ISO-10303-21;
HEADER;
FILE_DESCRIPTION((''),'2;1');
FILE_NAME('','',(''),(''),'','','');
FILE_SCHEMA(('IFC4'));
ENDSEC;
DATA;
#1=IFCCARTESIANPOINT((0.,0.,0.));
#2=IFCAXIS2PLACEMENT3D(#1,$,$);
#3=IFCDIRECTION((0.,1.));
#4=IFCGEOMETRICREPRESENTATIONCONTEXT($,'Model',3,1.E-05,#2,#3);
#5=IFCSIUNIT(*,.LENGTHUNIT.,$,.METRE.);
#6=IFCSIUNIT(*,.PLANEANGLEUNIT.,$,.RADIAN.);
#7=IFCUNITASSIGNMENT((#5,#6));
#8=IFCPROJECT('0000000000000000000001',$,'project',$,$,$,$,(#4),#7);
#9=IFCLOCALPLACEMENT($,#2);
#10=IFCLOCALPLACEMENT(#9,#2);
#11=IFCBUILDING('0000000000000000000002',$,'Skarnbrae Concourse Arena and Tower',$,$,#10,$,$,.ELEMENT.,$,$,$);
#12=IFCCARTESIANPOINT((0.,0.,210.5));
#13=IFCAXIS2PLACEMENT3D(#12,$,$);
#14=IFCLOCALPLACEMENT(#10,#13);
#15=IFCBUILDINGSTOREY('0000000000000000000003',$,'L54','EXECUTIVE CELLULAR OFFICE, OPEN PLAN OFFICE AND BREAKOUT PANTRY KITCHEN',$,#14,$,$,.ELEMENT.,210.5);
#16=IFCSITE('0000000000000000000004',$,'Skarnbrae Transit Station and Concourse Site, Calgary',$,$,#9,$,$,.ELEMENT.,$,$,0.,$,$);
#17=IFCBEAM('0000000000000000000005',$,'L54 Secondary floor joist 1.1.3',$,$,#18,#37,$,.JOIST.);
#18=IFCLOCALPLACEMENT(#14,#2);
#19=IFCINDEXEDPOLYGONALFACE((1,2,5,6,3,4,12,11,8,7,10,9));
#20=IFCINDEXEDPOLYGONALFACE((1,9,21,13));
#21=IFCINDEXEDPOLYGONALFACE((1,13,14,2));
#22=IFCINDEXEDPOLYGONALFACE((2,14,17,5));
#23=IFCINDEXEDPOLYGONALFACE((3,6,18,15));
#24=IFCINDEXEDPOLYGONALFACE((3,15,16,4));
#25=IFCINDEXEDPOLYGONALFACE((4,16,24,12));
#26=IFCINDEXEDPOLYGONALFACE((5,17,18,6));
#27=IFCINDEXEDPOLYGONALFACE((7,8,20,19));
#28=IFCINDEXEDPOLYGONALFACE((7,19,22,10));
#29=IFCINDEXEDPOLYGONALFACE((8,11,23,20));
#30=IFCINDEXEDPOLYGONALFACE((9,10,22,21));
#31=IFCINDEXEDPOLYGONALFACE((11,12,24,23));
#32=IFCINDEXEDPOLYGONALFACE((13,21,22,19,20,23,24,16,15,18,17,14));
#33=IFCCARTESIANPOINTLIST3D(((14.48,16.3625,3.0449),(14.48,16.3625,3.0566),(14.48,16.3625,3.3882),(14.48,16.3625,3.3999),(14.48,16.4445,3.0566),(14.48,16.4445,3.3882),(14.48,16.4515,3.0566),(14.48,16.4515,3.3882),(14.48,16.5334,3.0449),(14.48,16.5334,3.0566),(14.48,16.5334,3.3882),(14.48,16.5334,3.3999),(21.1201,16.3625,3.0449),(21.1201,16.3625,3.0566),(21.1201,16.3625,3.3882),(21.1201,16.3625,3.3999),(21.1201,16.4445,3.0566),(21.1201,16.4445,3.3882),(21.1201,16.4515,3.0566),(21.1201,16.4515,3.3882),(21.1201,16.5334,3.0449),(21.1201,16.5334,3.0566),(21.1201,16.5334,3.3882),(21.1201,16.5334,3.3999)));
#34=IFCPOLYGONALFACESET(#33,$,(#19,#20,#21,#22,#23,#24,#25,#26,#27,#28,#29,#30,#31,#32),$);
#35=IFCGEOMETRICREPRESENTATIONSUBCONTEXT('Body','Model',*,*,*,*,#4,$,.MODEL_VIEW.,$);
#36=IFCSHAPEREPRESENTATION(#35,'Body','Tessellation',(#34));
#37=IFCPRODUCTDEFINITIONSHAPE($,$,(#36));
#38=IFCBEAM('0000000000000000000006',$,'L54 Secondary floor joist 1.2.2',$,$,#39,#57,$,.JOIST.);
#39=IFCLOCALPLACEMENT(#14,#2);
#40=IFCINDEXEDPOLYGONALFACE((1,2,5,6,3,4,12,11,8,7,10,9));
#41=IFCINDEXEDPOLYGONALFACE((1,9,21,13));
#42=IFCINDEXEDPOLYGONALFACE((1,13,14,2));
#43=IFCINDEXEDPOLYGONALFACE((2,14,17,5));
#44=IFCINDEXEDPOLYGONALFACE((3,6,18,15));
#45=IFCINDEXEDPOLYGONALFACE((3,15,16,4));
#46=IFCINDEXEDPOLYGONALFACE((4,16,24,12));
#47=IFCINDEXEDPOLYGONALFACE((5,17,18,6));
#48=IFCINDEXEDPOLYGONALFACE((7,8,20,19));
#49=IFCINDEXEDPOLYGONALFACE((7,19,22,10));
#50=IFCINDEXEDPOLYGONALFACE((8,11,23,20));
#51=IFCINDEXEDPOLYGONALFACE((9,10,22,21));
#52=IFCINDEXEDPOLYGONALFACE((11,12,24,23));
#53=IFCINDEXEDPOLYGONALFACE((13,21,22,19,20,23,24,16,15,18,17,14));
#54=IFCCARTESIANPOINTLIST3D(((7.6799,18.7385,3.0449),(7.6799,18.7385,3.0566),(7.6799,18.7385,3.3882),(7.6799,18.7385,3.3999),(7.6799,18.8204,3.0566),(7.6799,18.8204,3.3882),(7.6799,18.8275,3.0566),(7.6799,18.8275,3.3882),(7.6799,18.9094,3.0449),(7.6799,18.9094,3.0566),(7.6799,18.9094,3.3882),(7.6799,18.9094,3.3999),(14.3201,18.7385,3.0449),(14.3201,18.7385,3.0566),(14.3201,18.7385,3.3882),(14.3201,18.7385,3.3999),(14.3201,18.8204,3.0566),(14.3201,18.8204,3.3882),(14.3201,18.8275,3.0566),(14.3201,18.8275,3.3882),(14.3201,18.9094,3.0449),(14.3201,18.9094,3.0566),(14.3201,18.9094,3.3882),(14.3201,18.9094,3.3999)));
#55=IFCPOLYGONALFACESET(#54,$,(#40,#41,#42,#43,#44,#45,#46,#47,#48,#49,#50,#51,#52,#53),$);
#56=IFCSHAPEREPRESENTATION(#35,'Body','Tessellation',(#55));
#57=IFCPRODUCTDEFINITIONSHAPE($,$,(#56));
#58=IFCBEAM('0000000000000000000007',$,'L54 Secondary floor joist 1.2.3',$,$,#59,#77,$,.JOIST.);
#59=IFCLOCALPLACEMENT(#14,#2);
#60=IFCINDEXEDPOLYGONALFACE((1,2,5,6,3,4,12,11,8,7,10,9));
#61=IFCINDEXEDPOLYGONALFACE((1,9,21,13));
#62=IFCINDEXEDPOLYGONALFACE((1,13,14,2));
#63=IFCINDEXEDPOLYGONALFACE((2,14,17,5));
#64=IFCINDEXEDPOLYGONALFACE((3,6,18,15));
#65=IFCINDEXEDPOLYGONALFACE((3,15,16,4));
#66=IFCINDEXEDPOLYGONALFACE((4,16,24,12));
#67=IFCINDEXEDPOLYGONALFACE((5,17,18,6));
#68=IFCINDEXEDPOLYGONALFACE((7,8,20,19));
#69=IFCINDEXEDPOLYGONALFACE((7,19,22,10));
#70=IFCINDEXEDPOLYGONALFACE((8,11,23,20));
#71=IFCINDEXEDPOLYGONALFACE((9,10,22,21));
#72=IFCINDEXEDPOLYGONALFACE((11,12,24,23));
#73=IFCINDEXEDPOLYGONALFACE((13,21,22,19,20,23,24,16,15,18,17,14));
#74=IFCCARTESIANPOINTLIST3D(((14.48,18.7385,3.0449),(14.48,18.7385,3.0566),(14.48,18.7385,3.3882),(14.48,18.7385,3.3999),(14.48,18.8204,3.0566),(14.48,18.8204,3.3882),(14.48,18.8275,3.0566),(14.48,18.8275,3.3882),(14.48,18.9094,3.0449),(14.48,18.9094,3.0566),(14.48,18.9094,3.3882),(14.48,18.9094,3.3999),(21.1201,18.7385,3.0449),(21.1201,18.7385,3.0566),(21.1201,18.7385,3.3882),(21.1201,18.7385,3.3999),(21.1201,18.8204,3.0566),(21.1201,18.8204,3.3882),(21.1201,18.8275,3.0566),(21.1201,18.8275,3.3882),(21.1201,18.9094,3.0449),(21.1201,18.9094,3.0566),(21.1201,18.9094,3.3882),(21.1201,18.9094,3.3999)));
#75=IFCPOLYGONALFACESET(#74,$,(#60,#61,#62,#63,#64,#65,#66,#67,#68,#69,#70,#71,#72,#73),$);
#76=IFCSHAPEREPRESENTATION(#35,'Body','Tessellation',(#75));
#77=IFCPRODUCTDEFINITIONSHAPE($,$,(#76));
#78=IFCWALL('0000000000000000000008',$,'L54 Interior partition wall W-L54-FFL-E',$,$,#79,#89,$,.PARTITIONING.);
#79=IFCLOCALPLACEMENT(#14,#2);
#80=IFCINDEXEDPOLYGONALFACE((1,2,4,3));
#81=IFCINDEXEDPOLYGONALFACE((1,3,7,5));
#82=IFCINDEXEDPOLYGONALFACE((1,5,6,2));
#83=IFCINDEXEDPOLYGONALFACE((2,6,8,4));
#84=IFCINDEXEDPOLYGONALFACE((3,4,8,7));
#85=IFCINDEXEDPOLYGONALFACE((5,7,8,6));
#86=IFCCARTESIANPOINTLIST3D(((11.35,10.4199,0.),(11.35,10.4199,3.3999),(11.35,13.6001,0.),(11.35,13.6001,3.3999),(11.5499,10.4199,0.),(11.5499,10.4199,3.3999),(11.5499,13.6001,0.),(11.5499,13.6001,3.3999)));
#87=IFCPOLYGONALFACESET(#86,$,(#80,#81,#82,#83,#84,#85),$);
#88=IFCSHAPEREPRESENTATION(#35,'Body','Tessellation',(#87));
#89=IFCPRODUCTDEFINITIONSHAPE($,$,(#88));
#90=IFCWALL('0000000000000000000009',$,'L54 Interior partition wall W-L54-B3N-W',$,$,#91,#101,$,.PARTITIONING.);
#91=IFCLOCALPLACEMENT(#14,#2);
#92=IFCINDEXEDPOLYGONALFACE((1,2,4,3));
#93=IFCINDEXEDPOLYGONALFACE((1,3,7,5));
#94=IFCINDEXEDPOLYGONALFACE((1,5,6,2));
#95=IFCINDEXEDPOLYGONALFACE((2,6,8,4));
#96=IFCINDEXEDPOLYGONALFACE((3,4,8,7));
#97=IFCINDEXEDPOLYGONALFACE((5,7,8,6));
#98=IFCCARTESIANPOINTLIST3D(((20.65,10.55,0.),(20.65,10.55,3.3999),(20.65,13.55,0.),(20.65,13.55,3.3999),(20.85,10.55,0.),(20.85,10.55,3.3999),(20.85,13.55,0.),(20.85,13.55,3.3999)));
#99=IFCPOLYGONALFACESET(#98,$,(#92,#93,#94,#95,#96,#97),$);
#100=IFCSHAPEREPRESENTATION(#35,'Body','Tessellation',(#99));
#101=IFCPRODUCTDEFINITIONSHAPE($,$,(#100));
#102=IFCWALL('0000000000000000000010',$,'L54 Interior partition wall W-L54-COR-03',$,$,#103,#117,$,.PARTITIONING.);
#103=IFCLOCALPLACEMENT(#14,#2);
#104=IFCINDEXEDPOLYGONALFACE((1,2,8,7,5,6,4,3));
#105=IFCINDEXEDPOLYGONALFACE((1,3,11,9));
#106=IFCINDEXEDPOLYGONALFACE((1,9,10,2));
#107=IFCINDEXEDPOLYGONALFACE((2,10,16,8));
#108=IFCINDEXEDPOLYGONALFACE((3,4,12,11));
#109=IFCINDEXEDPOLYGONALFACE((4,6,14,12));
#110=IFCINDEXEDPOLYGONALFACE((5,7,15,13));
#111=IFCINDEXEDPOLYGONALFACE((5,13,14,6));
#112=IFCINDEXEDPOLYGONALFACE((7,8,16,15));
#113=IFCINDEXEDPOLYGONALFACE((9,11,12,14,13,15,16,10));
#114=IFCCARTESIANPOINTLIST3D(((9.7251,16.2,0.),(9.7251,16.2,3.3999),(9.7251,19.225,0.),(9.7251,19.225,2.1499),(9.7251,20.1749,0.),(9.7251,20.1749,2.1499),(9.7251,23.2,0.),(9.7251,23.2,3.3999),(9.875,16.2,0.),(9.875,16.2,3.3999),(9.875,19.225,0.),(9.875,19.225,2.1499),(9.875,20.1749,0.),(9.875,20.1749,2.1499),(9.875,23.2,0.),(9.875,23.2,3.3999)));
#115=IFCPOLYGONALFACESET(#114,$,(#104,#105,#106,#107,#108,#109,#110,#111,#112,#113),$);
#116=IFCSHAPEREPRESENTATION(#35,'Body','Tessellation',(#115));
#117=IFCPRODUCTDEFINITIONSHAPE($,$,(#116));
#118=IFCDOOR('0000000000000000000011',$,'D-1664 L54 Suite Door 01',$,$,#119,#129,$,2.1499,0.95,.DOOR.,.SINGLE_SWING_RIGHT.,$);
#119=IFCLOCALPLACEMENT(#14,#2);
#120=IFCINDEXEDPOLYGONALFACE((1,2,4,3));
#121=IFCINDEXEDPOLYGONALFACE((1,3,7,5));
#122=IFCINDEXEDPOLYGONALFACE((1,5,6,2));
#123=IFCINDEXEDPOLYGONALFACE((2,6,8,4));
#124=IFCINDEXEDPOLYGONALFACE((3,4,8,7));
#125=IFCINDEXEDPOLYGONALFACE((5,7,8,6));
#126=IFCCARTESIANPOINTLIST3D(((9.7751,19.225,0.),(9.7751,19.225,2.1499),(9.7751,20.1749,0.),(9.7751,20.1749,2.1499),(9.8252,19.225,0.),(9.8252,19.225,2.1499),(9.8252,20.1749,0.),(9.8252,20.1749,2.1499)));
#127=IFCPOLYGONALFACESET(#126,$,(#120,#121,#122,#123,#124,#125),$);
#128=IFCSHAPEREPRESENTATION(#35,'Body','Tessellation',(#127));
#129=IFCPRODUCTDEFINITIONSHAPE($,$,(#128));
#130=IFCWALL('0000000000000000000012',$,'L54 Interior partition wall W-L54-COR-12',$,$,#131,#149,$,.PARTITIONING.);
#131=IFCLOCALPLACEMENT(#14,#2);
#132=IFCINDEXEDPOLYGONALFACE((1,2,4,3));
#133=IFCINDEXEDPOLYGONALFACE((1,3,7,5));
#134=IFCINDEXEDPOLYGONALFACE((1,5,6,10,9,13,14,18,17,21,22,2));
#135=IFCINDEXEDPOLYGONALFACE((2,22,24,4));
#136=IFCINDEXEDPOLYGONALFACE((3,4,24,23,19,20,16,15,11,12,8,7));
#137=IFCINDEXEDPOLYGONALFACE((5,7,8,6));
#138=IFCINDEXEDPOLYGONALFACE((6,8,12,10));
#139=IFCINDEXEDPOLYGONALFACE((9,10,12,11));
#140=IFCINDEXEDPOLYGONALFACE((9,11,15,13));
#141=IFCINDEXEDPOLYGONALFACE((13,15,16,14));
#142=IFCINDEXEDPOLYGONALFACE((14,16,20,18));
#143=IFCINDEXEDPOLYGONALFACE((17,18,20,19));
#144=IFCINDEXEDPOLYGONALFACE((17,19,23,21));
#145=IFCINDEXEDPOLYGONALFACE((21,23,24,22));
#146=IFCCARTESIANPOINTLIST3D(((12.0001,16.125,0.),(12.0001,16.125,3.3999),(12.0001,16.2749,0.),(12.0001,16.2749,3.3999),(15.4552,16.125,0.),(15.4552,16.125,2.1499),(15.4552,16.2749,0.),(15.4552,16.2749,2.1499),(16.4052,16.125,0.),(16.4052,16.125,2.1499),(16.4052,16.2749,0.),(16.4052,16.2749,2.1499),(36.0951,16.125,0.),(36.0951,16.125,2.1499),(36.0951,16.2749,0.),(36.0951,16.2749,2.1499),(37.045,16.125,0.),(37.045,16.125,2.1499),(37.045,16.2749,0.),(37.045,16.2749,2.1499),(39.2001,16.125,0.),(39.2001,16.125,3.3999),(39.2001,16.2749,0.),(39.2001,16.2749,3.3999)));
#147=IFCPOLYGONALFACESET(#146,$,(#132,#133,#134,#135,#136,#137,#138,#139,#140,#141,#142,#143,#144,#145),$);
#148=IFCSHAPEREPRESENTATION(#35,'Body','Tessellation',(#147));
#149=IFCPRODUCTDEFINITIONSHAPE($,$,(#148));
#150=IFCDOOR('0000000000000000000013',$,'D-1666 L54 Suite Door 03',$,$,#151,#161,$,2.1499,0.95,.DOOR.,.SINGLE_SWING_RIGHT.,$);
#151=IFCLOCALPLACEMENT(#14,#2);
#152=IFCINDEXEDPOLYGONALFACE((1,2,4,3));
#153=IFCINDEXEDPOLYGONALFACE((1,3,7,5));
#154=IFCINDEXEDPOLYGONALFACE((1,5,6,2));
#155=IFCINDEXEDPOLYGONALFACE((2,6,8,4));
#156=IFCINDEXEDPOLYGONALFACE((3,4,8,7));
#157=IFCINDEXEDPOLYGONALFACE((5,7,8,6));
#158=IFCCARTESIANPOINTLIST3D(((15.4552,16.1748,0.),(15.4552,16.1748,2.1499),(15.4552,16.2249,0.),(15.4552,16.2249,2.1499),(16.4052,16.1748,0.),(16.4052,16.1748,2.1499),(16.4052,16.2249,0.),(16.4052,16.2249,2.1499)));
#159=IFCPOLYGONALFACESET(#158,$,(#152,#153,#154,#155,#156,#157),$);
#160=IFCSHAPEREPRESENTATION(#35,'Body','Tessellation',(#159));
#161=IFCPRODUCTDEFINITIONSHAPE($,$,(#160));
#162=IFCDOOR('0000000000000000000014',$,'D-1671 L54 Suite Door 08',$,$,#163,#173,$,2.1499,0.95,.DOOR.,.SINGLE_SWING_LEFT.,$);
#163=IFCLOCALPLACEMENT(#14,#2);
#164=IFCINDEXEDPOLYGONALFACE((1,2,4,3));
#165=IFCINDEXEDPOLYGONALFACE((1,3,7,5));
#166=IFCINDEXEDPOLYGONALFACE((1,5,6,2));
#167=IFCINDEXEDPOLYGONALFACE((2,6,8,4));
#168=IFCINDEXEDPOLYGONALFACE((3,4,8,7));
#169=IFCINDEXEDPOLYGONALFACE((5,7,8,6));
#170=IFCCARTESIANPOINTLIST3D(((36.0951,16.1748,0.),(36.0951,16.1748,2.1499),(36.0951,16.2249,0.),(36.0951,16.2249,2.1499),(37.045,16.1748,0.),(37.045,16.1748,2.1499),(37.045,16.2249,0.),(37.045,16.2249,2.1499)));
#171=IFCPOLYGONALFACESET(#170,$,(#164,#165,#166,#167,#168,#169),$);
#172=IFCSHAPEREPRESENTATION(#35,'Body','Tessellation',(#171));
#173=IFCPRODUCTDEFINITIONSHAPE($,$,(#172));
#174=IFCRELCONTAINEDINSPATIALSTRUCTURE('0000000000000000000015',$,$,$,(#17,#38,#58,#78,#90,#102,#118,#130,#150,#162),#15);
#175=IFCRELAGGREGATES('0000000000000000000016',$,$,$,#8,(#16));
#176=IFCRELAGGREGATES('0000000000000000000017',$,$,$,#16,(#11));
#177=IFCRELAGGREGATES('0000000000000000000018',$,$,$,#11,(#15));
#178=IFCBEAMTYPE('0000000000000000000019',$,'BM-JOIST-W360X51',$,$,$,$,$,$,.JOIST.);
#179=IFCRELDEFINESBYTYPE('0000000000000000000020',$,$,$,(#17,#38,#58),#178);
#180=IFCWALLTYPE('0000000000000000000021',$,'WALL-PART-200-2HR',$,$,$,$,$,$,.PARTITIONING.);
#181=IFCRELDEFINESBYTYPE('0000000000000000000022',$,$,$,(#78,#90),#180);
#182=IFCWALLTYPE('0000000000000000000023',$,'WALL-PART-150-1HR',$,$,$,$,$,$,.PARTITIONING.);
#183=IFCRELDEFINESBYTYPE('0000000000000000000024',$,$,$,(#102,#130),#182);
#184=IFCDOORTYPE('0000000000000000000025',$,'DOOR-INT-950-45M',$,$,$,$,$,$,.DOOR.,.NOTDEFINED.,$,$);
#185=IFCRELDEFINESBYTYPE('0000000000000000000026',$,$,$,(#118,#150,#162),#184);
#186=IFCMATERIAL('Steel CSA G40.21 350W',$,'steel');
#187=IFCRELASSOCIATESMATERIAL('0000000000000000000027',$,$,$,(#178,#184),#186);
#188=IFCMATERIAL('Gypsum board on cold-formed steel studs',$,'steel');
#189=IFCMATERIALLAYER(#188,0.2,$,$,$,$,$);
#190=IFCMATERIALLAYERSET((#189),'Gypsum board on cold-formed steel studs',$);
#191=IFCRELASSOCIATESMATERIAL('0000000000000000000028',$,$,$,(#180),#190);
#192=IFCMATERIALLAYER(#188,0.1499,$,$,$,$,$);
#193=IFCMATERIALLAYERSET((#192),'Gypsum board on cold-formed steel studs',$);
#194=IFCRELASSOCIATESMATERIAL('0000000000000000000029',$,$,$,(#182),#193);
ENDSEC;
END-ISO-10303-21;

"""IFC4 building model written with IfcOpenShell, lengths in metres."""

from ifc_helpers import new_model, si_unit, direction, frame, frame_2d, origin, origin_2d, place, context, subcontext, project, spatial, rectangle, i_section, extrude, source, transform, mapped, material, layer, layer_set, material_profile, profile_set, type_object, element, fill, save


model = new_model("IFC4")

# Units and contexts
model_context = context("Model", 3, precision=1e-05, world=origin(), true_north=direction((0.0, 1.0)))
body_context = subcontext(model_context, "Body", "Model", "MODEL_VIEW")
ifc_project = project(units=[si_unit("LENGTHUNIT", "METRE"), si_unit("PLANEANGLEUNIT", "RADIAN")], contexts=[model_context])

# Site, building, storey
site_placement = place(None, origin())
site = spatial("IfcSite", under=ifc_project, at=site_placement, Name="Skarnbrae Transit Station and Concourse Site, Calgary", CompositionType="ELEMENT", RefElevation=0.0)
building_placement = place(site_placement, origin())
building = spatial("IfcBuilding", under=site, at=building_placement, Name="Skarnbrae Concourse Arena and Tower", CompositionType="ELEMENT")
storey_placement = place(building_placement, frame((0.0, 0.0, 210.5)))
storey = spatial("IfcBuildingStorey", under=building, at=storey_placement, Name="L54", Description="EXECUTIVE CELLULAR OFFICE, OPEN PLAN OFFICE AND BREAKOUT PANTRY KITCHEN", CompositionType="ELEMENT", Elevation=210.5)

# Shared definitions
ifc_material_1 = material(Name="Steel CSA G40.21 350W", Category="steel")

# Beams
ifc_material_profile_1 = material_profile(ifc_material_1, i_section(OverallWidth=0.1709, OverallDepth=0.355, WebThickness=0.0071, FlangeThickness=0.0117, at=origin_2d()), Name="W360X51")
ifc_profile_set_1 = profile_set([ifc_material_profile_1], Name="Steel CSA G40.21 350W")
beam_type_1 = type_object("IfcBeamType", Name="BM-JOIST-W360X51", PredefinedType="JOIST", material=ifc_profile_set_1)
shared_shape_1 = source(origin(), body_context, "Body", "SweptSolid", [
    extrude(i_section(OverallWidth=0.1709, OverallDepth=0.355, WebThickness=0.0071, FlangeThickness=0.0117, at=origin_2d()), origin(), (0.0, 0.0, 1.0), 6.6401),
])
for number, where, z_axis, x_axis, name in (
    (1, (14.48, 16.448, 3.2224), (1.0, 0.0, 0.0), (0.0, 1.0, 0.0), "L54 Secondary floor joist 1.1.3"),
    (2, (7.6799, 18.824, 3.2224), (1.0, 0.0, 0.0), (0.0, 1.0, 0.0), "L54 Secondary floor joist 1.2.2"),
    (3, (14.48, 18.824, 3.2224), (1.0, 0.0, 0.0), (0.0, 1.0, 0.0), "L54 Secondary floor joist 1.2.3"),
):
    element("IfcBeam", number, at=place(storey_placement, frame(where, z_axis=z_axis, x_axis=x_axis)), inside=storey, type_object=beam_type_1, Name=name, PredefinedType="JOIST", context=body_context, shape_type="MappedRepresentation", body=[
        mapped(shared_shape_1, transform((0.0, 0.0, 0.0))),
    ])

# Wall
ifc_material_2 = material(Name="Gypsum board on cold-formed steel studs", Category="steel")
ifc_layer_1 = layer(ifc_material_2, 0.2)
ifc_layer_set_1 = layer_set([ifc_layer_1], Name="Gypsum board on cold-formed steel studs")
wall_type_1 = type_object("IfcWallType", Name="WALL-PART-200-2HR", PredefinedType="PARTITIONING", material=ifc_layer_set_1)
shared_shape_2 = source(origin(), body_context, "Body", "SweptSolid", [
    extrude(rectangle(XDim=3.1802, YDim=0.2, at=frame_2d((1.5901, 0.0))), origin(), (0.0, 0.0, 1.0), 3.3999),
])
wall_1_placement = place(storey_placement, frame((11.45, 10.4199, 0.0), z_axis=(0.0, 0.0, 1.0), x_axis=(0.0, 1.0, 0.0)))
element("IfcWall", 4, at=wall_1_placement, inside=storey, type_object=wall_type_1, Name="L54 Interior partition wall W-L54-FFL-E", PredefinedType="PARTITIONING", context=body_context, shape_type="MappedRepresentation", body=[
    mapped(shared_shape_2, transform((0.0, 0.0, 0.0))),
])

# Wall
shared_shape_3 = source(origin(), body_context, "Body", "SweptSolid", [
    extrude(rectangle(XDim=3.0, YDim=0.2, at=frame_2d((1.5, 0.0))), origin(), (0.0, 0.0, 1.0), 3.3999),
])
wall_2_placement = place(storey_placement, frame((20.75, 10.55, 0.0), z_axis=(0.0, 0.0, 1.0), x_axis=(0.0, 1.0, 0.0)))
element("IfcWall", 5, at=wall_2_placement, inside=storey, type_object=wall_type_1, Name="L54 Interior partition wall W-L54-B3N-W", PredefinedType="PARTITIONING", context=body_context, shape_type="MappedRepresentation", body=[
    mapped(shared_shape_3, transform((0.0, 0.0, 0.0))),
])

# Wall, opening, door
ifc_layer_2 = layer(ifc_material_2, 0.1499)
ifc_layer_set_2 = layer_set([ifc_layer_2], Name="Gypsum board on cold-formed steel studs")
wall_type_2 = type_object("IfcWallType", Name="WALL-PART-150-1HR", PredefinedType="PARTITIONING", material=ifc_layer_set_2)
shared_shape_4 = source(origin(), body_context, "Body", "SweptSolid", [
    extrude(rectangle(XDim=7.0, YDim=0.1499, at=frame_2d((3.5, 0.0))), origin(), (0.0, 0.0, 1.0), 3.3999),
])
wall_3_placement = place(storey_placement, frame((9.8, 16.2, 0.0), z_axis=(0.0, 0.0, 1.0), x_axis=(0.0, 1.0, 0.0)))
wall_3 = element("IfcWall", 6, at=wall_3_placement, inside=storey, type_object=wall_type_2, Name="L54 Interior partition wall W-L54-COR-03", PredefinedType="PARTITIONING", context=body_context, shape_type="MappedRepresentation", body=[
    mapped(shared_shape_4, transform((0.0, 0.0, 0.0))),
])
opening_1_placement = place(wall_3_placement, frame((3.0249, 0.0, 0.0)))
opening_1 = element("IfcOpeningElement", 7, at=opening_1_placement, cuts=wall_3, PredefinedType="OPENING", context=body_context, shape_type="SweptSolid", body=[
    extrude(rectangle(XDim=0.95, YDim=2.1499, at=frame_2d((0.4751, 1.075))), frame((0.0, 0.085, 0.0), z_axis=(0.0, -1.0, 0.0), x_axis=(1.0, 0.0, 0.0)), (0.0, 0.0, 1.0), 0.1699),
])
door_type_1 = type_object("IfcDoorType", Name="DOOR-INT-950-45M", OperationType="NOTDEFINED", PredefinedType="DOOR", material=ifc_material_1)
shared_shape_5 = source(origin(), body_context, "Body", "SweptSolid", [
    extrude(rectangle(XDim=0.95, YDim=2.1499, at=frame_2d((0.4751, 1.075))), frame((0.0, 0.0249, 0.0), z_axis=(0.0, -1.0, 0.0), x_axis=(1.0, 0.0, 0.0)), (0.0, 0.0, 1.0), 0.05),
])
door_1_placement = place(opening_1_placement, origin())
door_1 = element("IfcDoor", 8, at=door_1_placement, inside=storey, type_object=door_type_1, Name="D-1664 L54 Suite Door 01", OperationType="SINGLE_SWING_RIGHT", OverallHeight=2.1499, OverallWidth=0.95, PredefinedType="DOOR", context=body_context, shape_type="MappedRepresentation", body=[
    mapped(shared_shape_5, transform((0.0, 0.0, 0.0))),
])
fill(opening_1, door_1)

# Wall, openings, doors
shared_shape_6 = source(origin(), body_context, "Body", "SweptSolid", [
    extrude(rectangle(XDim=27.2, YDim=0.1499, at=frame_2d((13.6001, 0.0))), origin(), (0.0, 0.0, 1.0), 3.3999),
])
wall_4_placement = place(storey_placement, frame((12.0, 16.2, 0.0), z_axis=(0.0, 0.0, 1.0), x_axis=(1.0, 0.0, 0.0)))
wall_4 = element("IfcWall", 9, at=wall_4_placement, inside=storey, type_object=wall_type_2, Name="L54 Interior partition wall W-L54-COR-12", PredefinedType="PARTITIONING", context=body_context, shape_type="MappedRepresentation", body=[
    mapped(shared_shape_6, transform((0.0, 0.0, 0.0))),
])
opening_2_placement = place(wall_4_placement, frame((3.4551, 0.0, 0.0)))
opening_2 = element("IfcOpeningElement", 10, at=opening_2_placement, cuts=wall_4, PredefinedType="OPENING", context=body_context, shape_type="SweptSolid", body=[
    extrude(rectangle(XDim=0.95, YDim=2.1499, at=frame_2d((0.4751, 1.075))), frame((0.0, 0.085, 0.0), z_axis=(0.0, -1.0, 0.0), x_axis=(1.0, 0.0, 0.0)), (0.0, 0.0, 1.0), 0.1699),
])
opening_3_placement = place(wall_4_placement, frame((24.095, 0.0, 0.0)))
opening_3 = element("IfcOpeningElement", 11, at=opening_3_placement, cuts=wall_4, PredefinedType="OPENING", context=body_context, shape_type="SweptSolid", body=[
    extrude(rectangle(XDim=0.95, YDim=2.1499, at=frame_2d((0.4751, 1.075))), frame((0.0, 0.085, 0.0), z_axis=(0.0, -1.0, 0.0), x_axis=(1.0, 0.0, 0.0)), (0.0, 0.0, 1.0), 0.1699),
])
door_2_placement = place(opening_2_placement, origin())
door_2 = element("IfcDoor", 12, at=door_2_placement, inside=storey, type_object=door_type_1, Name="D-1666 L54 Suite Door 03", OperationType="SINGLE_SWING_RIGHT", OverallHeight=2.1499, OverallWidth=0.95, PredefinedType="DOOR", context=body_context, shape_type="MappedRepresentation", body=[
    mapped(shared_shape_5, transform((0.0, 0.0, 0.0))),
])
fill(opening_2, door_2)
door_3_placement = place(opening_3_placement, origin())
door_3 = element("IfcDoor", 13, at=door_3_placement, inside=storey, type_object=door_type_1, Name="D-1671 L54 Suite Door 08", OperationType="SINGLE_SWING_LEFT", OverallHeight=2.1499, OverallWidth=0.95, PredefinedType="DOOR", context=body_context, shape_type="MappedRepresentation", body=[
    mapped(shared_shape_5, transform((0.0, 0.0, 0.0))),
])
fill(opening_3, door_3)

save(model, "model.ifc")
